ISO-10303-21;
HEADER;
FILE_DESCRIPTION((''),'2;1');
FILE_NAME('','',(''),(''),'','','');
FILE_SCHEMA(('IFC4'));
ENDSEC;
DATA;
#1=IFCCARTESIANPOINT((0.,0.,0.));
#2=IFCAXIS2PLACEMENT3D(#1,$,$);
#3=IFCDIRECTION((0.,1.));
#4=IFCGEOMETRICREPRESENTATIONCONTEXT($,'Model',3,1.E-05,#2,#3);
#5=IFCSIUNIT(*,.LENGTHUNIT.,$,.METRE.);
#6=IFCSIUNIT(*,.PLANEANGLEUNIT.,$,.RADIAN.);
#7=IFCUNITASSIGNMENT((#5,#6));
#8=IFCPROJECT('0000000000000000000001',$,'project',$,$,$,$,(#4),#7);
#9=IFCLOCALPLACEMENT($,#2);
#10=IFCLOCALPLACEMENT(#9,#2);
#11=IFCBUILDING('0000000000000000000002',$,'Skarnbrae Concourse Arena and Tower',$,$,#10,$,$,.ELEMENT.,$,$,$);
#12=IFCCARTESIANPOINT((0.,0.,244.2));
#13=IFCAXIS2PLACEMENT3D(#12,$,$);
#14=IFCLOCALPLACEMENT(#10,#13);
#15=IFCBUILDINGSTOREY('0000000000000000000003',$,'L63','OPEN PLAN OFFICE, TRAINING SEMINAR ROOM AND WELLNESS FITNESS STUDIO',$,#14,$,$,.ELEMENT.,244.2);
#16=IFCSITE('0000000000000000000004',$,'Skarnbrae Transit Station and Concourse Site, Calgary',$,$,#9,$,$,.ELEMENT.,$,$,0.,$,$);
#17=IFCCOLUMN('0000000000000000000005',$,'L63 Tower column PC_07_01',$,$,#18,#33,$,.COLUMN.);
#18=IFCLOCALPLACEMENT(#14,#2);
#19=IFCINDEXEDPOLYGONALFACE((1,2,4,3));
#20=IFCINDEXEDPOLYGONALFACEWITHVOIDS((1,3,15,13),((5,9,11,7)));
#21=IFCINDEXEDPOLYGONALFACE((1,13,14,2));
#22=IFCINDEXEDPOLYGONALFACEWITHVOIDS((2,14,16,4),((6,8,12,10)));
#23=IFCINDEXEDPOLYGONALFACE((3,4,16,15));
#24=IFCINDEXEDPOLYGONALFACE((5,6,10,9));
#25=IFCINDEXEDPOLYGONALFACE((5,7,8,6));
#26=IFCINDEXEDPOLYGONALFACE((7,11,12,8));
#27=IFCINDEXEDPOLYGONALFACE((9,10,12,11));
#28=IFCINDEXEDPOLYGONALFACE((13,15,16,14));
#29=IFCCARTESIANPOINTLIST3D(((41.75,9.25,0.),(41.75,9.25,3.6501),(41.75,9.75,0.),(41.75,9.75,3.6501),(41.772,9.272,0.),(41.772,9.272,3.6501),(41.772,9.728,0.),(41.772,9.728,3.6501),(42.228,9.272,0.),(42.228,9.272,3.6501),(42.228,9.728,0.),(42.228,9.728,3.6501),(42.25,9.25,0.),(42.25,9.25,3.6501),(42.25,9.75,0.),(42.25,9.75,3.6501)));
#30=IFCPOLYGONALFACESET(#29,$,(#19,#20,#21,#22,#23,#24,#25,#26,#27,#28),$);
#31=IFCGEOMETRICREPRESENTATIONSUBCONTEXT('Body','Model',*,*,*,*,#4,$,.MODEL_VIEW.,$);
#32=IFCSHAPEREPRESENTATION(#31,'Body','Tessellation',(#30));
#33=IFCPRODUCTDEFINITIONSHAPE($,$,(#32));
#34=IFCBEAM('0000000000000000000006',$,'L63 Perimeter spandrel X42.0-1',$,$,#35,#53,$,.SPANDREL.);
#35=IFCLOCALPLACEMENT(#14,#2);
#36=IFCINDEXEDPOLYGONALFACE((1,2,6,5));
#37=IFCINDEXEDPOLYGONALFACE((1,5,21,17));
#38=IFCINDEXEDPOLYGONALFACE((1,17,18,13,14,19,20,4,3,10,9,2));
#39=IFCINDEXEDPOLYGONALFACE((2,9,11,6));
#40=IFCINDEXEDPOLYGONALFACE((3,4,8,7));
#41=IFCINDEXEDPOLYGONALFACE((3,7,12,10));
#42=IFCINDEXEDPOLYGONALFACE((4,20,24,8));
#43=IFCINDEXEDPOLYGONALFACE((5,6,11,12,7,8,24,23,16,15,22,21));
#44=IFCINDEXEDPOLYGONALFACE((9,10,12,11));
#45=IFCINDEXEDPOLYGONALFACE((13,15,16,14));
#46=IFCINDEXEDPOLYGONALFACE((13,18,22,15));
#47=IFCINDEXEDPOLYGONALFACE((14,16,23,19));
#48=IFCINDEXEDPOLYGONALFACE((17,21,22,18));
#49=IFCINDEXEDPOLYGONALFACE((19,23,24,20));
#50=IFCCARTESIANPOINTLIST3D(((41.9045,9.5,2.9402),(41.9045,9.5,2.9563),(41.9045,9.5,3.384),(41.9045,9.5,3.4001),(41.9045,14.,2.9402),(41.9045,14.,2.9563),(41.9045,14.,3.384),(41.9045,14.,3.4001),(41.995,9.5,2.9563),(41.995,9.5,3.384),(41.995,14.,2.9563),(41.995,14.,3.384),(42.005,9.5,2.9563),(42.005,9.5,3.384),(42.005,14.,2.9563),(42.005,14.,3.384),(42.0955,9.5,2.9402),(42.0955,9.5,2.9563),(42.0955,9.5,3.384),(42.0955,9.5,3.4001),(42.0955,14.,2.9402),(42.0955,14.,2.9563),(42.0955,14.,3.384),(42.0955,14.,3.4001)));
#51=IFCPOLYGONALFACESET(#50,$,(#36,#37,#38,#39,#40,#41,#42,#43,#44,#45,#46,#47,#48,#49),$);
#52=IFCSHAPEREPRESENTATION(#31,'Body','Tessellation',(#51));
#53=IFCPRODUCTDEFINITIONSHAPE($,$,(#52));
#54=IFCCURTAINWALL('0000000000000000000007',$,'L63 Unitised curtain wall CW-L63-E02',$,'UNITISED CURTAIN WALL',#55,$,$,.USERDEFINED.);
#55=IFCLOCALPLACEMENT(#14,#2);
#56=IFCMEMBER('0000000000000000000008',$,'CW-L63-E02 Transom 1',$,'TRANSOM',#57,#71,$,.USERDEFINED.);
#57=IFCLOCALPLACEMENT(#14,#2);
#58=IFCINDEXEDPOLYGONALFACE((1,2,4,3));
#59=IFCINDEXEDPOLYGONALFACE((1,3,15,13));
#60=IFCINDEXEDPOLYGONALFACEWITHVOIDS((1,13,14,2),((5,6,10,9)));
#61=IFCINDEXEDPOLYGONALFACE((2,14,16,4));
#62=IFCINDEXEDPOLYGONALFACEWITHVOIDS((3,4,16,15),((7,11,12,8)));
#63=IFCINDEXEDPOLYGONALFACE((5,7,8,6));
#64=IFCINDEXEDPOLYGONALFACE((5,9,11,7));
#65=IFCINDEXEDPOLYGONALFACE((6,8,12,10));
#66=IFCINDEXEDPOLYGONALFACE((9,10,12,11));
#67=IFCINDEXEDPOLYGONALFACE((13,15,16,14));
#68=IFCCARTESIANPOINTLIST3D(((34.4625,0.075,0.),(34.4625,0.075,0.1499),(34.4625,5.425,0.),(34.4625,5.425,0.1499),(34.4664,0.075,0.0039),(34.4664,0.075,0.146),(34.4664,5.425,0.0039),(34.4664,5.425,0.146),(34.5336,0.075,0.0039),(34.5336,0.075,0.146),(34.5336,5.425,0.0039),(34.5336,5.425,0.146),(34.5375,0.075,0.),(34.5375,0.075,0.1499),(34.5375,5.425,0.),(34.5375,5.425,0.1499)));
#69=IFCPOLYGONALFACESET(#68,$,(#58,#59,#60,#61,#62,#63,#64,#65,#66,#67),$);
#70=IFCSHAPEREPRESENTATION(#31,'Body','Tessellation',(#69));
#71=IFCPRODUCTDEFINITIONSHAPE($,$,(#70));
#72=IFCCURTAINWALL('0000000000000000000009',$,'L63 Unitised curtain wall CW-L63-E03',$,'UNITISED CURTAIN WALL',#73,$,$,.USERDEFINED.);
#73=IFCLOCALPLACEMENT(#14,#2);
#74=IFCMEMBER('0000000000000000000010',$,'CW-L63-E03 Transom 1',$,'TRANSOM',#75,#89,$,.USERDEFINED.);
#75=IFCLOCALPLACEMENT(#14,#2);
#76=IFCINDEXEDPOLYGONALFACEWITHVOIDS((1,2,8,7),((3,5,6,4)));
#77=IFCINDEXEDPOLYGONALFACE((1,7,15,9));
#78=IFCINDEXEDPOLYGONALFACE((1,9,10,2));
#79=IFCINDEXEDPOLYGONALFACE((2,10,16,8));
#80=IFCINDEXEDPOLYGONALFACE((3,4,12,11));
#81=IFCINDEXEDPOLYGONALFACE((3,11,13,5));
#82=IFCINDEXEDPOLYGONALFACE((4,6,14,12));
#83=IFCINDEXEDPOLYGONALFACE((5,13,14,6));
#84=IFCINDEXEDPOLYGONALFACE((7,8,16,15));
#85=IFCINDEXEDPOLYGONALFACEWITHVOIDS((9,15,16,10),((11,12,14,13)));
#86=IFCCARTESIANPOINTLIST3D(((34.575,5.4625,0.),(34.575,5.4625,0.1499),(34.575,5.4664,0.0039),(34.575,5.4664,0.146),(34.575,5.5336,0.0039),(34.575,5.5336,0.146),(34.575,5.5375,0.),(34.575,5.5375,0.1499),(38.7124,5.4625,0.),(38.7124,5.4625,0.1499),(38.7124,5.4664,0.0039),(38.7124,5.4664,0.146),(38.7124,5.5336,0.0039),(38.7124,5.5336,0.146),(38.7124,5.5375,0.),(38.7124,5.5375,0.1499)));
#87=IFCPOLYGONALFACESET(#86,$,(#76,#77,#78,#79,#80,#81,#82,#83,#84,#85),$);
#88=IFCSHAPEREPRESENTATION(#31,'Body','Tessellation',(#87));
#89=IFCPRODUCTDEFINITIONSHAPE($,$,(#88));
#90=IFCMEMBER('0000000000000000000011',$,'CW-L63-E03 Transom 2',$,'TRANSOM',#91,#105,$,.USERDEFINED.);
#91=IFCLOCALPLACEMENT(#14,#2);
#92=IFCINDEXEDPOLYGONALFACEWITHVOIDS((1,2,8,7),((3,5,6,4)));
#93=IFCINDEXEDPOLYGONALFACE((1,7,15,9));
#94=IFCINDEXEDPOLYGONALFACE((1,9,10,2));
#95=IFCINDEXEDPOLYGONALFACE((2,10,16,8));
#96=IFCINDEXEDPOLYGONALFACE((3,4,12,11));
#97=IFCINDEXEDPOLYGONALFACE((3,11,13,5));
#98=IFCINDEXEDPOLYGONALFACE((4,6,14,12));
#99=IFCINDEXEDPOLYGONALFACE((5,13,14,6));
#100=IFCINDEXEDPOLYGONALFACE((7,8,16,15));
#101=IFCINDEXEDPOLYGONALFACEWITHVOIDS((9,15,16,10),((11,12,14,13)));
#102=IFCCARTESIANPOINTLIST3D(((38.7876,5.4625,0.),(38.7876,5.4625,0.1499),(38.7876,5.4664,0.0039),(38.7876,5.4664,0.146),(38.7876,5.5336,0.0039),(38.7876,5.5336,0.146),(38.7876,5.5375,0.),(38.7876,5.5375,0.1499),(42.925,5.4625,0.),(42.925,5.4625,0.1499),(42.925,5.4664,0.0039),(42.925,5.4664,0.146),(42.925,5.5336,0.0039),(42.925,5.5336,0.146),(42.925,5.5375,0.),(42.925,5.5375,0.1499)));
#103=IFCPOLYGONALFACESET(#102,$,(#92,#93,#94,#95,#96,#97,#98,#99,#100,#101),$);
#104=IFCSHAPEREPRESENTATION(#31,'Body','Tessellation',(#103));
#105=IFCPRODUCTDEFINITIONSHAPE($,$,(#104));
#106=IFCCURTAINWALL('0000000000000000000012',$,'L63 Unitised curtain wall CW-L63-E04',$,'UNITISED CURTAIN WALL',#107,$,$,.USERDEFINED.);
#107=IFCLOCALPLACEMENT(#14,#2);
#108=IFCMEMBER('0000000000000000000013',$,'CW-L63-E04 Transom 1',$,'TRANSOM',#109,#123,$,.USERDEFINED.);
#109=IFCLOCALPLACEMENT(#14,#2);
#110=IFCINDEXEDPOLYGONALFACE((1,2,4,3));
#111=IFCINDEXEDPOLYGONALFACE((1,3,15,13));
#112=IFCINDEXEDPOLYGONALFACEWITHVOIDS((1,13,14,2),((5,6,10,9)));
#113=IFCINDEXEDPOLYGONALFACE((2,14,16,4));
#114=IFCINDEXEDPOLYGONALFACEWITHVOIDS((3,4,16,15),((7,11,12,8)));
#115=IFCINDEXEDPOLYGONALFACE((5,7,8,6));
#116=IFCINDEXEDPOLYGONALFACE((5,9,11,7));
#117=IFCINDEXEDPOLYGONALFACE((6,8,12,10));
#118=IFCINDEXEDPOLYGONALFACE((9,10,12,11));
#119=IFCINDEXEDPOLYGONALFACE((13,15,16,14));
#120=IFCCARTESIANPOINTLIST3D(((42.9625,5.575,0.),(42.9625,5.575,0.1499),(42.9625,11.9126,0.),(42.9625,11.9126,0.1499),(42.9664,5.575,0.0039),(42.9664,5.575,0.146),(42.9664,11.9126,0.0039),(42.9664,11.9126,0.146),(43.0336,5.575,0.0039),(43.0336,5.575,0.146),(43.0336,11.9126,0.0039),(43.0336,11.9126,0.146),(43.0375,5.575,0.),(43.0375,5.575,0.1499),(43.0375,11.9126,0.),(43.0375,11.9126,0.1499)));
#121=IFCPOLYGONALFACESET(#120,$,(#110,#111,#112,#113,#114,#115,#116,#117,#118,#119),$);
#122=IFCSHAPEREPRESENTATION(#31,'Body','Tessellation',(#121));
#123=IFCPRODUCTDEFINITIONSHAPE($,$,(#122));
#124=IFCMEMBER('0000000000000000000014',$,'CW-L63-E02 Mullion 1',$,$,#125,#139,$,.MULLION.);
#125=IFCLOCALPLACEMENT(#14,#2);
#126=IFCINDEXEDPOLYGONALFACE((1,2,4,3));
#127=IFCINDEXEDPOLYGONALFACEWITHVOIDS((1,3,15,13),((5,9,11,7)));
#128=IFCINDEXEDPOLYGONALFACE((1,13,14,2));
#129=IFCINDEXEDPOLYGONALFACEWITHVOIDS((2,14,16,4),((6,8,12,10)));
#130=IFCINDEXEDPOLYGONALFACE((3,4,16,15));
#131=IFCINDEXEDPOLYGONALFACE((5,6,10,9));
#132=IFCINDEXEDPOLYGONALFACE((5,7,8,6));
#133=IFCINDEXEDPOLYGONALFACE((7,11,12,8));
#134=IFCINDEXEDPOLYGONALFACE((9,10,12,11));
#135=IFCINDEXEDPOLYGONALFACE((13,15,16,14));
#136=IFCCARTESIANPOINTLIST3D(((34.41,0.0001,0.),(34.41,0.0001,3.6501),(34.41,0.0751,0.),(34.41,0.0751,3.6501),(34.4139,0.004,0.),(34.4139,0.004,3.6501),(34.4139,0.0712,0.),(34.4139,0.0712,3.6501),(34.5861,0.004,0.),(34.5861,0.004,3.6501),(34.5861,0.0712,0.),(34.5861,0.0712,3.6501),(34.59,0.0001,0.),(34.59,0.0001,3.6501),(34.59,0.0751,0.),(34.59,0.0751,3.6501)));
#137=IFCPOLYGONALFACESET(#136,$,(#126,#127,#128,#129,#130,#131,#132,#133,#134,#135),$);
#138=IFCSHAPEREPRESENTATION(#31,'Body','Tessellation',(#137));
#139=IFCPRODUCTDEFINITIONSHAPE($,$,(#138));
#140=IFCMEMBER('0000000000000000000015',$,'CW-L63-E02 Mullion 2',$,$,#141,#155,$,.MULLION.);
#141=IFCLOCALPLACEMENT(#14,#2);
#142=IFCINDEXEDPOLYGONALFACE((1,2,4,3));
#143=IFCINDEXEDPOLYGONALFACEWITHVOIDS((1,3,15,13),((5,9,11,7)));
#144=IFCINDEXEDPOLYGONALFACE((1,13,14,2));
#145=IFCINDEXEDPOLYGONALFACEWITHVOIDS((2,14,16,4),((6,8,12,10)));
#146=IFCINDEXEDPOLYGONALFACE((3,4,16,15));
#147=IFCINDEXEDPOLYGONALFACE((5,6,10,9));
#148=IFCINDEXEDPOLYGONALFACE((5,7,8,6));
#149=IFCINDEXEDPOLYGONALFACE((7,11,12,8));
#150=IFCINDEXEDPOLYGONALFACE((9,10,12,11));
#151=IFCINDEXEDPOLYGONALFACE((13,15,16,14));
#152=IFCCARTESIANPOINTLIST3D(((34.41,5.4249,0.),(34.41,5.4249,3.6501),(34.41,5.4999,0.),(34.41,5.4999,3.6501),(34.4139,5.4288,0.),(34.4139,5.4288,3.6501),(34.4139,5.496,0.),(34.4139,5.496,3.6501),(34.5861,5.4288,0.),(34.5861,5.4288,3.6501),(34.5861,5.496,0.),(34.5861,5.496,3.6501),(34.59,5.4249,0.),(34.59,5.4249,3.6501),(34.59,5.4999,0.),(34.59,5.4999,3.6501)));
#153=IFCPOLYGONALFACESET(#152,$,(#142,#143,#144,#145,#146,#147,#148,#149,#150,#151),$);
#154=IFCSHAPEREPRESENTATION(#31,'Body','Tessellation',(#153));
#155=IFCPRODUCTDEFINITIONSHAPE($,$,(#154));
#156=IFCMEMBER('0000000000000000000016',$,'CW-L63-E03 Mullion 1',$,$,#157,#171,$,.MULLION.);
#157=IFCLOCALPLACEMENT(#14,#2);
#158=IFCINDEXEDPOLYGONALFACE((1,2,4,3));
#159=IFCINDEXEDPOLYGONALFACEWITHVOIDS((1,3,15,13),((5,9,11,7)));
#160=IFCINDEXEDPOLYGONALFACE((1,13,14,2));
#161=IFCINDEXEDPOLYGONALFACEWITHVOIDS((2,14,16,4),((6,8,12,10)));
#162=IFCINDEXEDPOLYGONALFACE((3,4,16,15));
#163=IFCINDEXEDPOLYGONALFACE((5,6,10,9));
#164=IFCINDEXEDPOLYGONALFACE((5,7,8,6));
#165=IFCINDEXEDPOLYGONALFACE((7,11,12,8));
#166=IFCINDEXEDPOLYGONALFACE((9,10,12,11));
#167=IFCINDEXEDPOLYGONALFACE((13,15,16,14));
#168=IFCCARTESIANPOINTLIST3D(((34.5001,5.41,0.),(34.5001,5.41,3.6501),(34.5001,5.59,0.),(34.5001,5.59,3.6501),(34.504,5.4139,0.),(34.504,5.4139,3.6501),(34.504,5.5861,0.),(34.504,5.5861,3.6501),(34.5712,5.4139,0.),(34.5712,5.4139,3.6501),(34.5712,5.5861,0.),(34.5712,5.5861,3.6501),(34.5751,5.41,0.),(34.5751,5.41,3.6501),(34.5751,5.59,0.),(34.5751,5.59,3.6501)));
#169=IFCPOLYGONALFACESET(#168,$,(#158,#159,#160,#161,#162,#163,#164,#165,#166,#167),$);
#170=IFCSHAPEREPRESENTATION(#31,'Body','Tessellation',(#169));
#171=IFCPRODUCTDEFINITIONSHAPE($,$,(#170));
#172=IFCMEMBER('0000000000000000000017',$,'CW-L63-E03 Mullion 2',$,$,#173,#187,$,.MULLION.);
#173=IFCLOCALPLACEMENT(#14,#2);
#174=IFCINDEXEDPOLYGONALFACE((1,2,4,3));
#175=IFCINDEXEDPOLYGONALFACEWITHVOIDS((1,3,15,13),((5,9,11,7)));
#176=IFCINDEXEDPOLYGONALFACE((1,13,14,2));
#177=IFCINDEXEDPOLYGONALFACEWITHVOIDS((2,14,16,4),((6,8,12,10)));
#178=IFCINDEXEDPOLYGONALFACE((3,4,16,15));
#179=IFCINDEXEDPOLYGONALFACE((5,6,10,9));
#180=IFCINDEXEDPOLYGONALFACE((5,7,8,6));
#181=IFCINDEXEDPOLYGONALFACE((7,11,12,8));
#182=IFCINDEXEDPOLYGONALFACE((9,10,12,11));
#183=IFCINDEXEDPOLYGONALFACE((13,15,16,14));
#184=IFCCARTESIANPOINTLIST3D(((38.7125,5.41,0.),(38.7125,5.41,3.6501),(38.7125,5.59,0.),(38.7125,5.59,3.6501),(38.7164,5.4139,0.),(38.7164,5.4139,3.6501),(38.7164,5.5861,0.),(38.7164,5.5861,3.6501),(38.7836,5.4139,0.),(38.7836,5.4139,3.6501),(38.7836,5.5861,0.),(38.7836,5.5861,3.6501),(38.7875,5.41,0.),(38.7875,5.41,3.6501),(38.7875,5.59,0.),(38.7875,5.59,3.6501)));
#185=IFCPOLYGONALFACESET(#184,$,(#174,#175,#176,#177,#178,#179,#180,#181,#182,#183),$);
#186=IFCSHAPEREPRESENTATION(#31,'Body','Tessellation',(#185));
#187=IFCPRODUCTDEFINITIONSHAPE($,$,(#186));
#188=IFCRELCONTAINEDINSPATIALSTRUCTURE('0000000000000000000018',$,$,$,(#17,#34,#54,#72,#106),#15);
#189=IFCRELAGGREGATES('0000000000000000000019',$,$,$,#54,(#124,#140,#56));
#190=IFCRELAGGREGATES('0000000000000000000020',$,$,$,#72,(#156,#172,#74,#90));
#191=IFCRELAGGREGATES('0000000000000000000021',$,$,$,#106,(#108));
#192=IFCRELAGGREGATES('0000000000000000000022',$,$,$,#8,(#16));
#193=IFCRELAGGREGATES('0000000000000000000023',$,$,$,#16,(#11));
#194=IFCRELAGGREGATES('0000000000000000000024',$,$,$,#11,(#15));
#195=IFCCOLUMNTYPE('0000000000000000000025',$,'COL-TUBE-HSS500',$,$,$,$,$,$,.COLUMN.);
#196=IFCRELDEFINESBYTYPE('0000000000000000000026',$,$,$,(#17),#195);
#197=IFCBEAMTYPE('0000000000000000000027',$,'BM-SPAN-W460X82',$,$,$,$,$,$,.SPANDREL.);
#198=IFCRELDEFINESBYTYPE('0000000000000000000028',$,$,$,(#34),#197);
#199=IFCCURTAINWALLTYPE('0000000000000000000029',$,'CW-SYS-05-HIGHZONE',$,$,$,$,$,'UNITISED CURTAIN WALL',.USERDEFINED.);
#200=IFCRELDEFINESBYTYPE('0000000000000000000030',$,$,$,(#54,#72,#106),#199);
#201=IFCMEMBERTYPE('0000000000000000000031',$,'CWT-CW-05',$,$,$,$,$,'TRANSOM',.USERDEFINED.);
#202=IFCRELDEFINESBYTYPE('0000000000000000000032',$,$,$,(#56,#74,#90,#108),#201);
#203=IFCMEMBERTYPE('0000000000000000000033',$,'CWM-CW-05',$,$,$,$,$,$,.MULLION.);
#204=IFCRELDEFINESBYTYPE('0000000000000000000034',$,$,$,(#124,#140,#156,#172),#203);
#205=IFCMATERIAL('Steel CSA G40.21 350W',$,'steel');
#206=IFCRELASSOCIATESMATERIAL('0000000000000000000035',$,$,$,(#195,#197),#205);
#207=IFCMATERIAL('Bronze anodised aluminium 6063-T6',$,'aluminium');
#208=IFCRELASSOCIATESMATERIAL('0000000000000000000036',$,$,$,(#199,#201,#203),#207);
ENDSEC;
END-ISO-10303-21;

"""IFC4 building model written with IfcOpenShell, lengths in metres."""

from ifc_helpers import new_model, si_unit, direction, frame, origin, origin_2d, place, context, subcontext, project, spatial, hollow_rectangle, i_section, extrude, source, transform, mapped, material, material_profile, profile_set, type_object, element, aggregate, save


model = new_model("IFC4")

# Units and contexts
model_context = context("Model", 3, precision=1e-05, world=origin(), true_north=direction((0.0, 1.0)))
body_context = subcontext(model_context, "Body", "Model", "MODEL_VIEW")
ifc_project = project(units=[si_unit("LENGTHUNIT", "METRE"), si_unit("PLANEANGLEUNIT", "RADIAN")], contexts=[model_context])

# Site, building, storey
site_placement = place(None, origin())
site = spatial("IfcSite", under=ifc_project, at=site_placement, Name="Skarnbrae Transit Station and Concourse Site, Calgary", CompositionType="ELEMENT", RefElevation=0.0)
building_placement = place(site_placement, origin())
building = spatial("IfcBuilding", under=site, at=building_placement, Name="Skarnbrae Concourse Arena and Tower", CompositionType="ELEMENT")
storey_placement = place(building_placement, frame((0.0, 0.0, 244.2)))
storey = spatial("IfcBuildingStorey", under=building, at=storey_placement, Name="L63", Description="OPEN PLAN OFFICE, TRAINING SEMINAR ROOM AND WELLNESS FITNESS STUDIO", CompositionType="ELEMENT", Elevation=244.2)

# Column
ifc_material_1 = material(Name="Steel CSA G40.21 350W", Category="steel")
ifc_material_profile_1 = material_profile(ifc_material_1, hollow_rectangle(XDim=0.5, YDim=0.5, WallThickness=0.022, at=origin_2d()), Name="HSS500X500X22.0")
ifc_profile_set_1 = profile_set([ifc_material_profile_1], Name="Steel CSA G40.21 350W")
column_type = type_object("IfcColumnType", Name="COL-TUBE-HSS500", PredefinedType="COLUMN", material=ifc_profile_set_1)
shared_shape_1 = source(origin(), body_context, "Body", "SweptSolid", [
    extrude(hollow_rectangle(XDim=0.5, YDim=0.5, WallThickness=0.022, at=origin_2d()), origin(), (0.0, 0.0, 1.0), 3.6501),
])
column_placement = place(storey_placement, frame((42.0, 9.5, 0.0), z_axis=(0.0, 0.0, 1.0), x_axis=(1.0, 0.0, 0.0)))
element("IfcColumn", 1, at=column_placement, inside=storey, type_object=column_type, Name="L63 Tower column PC_07_01", PredefinedType="COLUMN", context=body_context, shape_type="MappedRepresentation", body=[
    mapped(shared_shape_1, transform((0.0, 0.0, 0.0))),
])

# Beam
ifc_material_profile_2 = material_profile(ifc_material_1, i_section(OverallWidth=0.1909, OverallDepth=0.46, WebThickness=0.01, FlangeThickness=0.0161, at=origin_2d()), Name="W460X82")
ifc_profile_set_2 = profile_set([ifc_material_profile_2], Name="Steel CSA G40.21 350W")
beam_type = type_object("IfcBeamType", Name="BM-SPAN-W460X82", PredefinedType="SPANDREL", material=ifc_profile_set_2)
shared_shape_2 = source(origin(), body_context, "Body", "SweptSolid", [
    extrude(i_section(OverallWidth=0.1909, OverallDepth=0.46, WebThickness=0.01, FlangeThickness=0.0161, at=origin_2d()), origin(), (0.0, 0.0, 1.0), 4.5),
])
beam_placement = place(storey_placement, frame((42.0, 9.5, 3.1702), z_axis=(0.0, 1.0, 0.0), x_axis=(-1.0, 0.0, 0.0)))
element("IfcBeam", 2, at=beam_placement, inside=storey, type_object=beam_type, Name="L63 Perimeter spandrel X42.0-1", PredefinedType="SPANDREL", context=body_context, shape_type="MappedRepresentation", body=[
    mapped(shared_shape_2, transform((0.0, 0.0, 0.0))),
])

# Curtain wall, member
ifc_material_2 = material(Name="Bronze anodised aluminium 6063-T6", Category="aluminium")
curtain_wall_type = type_object("IfcCurtainWallType", Name="CW-SYS-05-HIGHZONE", ElementType="UNITISED CURTAIN WALL", PredefinedType="USERDEFINED", material=ifc_material_2)
curtain_wall_1_placement = place(storey_placement, origin())
curtain_wall_1 = element("IfcCurtainWall", 3, at=curtain_wall_1_placement, inside=storey, type_object=curtain_wall_type, Name="L63 Unitised curtain wall CW-L63-E02", ObjectType="UNITISED CURTAIN WALL", PredefinedType="USERDEFINED")
ifc_material_profile_3 = material_profile(ifc_material_2, hollow_rectangle(XDim=0.075, YDim=0.1499, WallThickness=0.0039, at=origin_2d()), Name="ALU-TRAN-75X150")
ifc_profile_set_3 = profile_set([ifc_material_profile_3], Name="Bronze anodised aluminium 6063-T6")
member_type_1 = type_object("IfcMemberType", Name="CWT-CW-05", ElementType="TRANSOM", PredefinedType="USERDEFINED", material=ifc_profile_set_3)
shared_shape_3 = source(origin(), body_context, "Body", "SweptSolid", [
    extrude(hollow_rectangle(XDim=0.075, YDim=0.1499, WallThickness=0.0039, at=origin_2d()), origin(), (0.0, 0.0, 1.0), 5.3501),
])
member_1_placement = place(storey_placement, frame((34.5, 0.075, 0.075), z_axis=(0.0, 1.0, 0.0), x_axis=(-1.0, 0.0, 0.0)))
member_1 = element("IfcMember", 4, at=member_1_placement, type_object=member_type_1, Name="CW-L63-E02 Transom 1", ObjectType="TRANSOM", PredefinedType="USERDEFINED", context=body_context, shape_type="MappedRepresentation", body=[
    mapped(shared_shape_3, transform((0.0, 0.0, 0.0))),
])

# Curtain wall, members
curtain_wall_2_placement = place(storey_placement, origin())
curtain_wall_2 = element("IfcCurtainWall", 5, at=curtain_wall_2_placement, inside=storey, type_object=curtain_wall_type, Name="L63 Unitised curtain wall CW-L63-E03", ObjectType="UNITISED CURTAIN WALL", PredefinedType="USERDEFINED")
shared_shape_4 = source(origin(), body_context, "Body", "SweptSolid", [
    extrude(hollow_rectangle(XDim=0.075, YDim=0.1499, WallThickness=0.0039, at=origin_2d()), origin(), (0.0, 0.0, 1.0), 4.1375),
])
member_2_placement = place(storey_placement, frame((34.575, 5.5, 0.075), z_axis=(1.0, 0.0, 0.0), x_axis=(0.0, 1.0, 0.0)))
member_2 = element("IfcMember", 6, at=member_2_placement, type_object=member_type_1, Name="CW-L63-E03 Transom 1", ObjectType="TRANSOM", PredefinedType="USERDEFINED", context=body_context, shape_type="MappedRepresentation", body=[
    mapped(shared_shape_4, transform((0.0, 0.0, 0.0))),
])
member_3_placement = place(storey_placement, frame((38.7876, 5.5, 0.075), z_axis=(1.0, 0.0, 0.0), x_axis=(0.0, 1.0, 0.0)))
member_3 = element("IfcMember", 7, at=member_3_placement, type_object=member_type_1, Name="CW-L63-E03 Transom 2", ObjectType="TRANSOM", PredefinedType="USERDEFINED", context=body_context, shape_type="MappedRepresentation", body=[
    mapped(shared_shape_4, transform((0.0, 0.0, 0.0))),
])

# Curtain wall, member
curtain_wall_3_placement = place(storey_placement, origin())
curtain_wall_3 = element("IfcCurtainWall", 8, at=curtain_wall_3_placement, inside=storey, type_object=curtain_wall_type, Name="L63 Unitised curtain wall CW-L63-E04", ObjectType="UNITISED CURTAIN WALL", PredefinedType="USERDEFINED")
shared_shape_5 = source(origin(), body_context, "Body", "SweptSolid", [
    extrude(hollow_rectangle(XDim=0.075, YDim=0.1499, WallThickness=0.0039, at=origin_2d()), origin(), (0.0, 0.0, 1.0), 6.3376),
])
member_4_placement = place(storey_placement, frame((43.0, 5.575, 0.075), z_axis=(0.0, 1.0, 0.0), x_axis=(-1.0, 0.0, 0.0)))
member_4 = element("IfcMember", 9, at=member_4_placement, type_object=member_type_1, Name="CW-L63-E04 Transom 1", ObjectType="TRANSOM", PredefinedType="USERDEFINED", context=body_context, shape_type="MappedRepresentation", body=[
    mapped(shared_shape_5, transform((0.0, 0.0, 0.0))),
])

# Members
ifc_material_profile_4 = material_profile(ifc_material_2, hollow_rectangle(XDim=0.075, YDim=0.1799, WallThickness=0.0039, at=origin_2d()), Name="ALU-MULL-75X180")
ifc_profile_set_4 = profile_set([ifc_material_profile_4], Name="Bronze anodised aluminium 6063-T6")
member_type_2 = type_object("IfcMemberType", Name="CWM-CW-05", PredefinedType="MULLION", material=ifc_profile_set_4)
shared_shape_6 = source(origin(), body_context, "Body", "SweptSolid", [
    extrude(hollow_rectangle(XDim=0.075, YDim=0.1799, WallThickness=0.0039, at=origin_2d()), origin(), (0.0, 0.0, 1.0), 3.6501),
])
member_5_placement = place(storey_placement, frame((34.5, 0.0376, 0.0), z_axis=(0.0, 0.0, 1.0), x_axis=(0.0, 1.0, 0.0)))
member_5 = element("IfcMember", 10, at=member_5_placement, type_object=member_type_2, Name="CW-L63-E02 Mullion 1", PredefinedType="MULLION", context=body_context, shape_type="MappedRepresentation", body=[
    mapped(shared_shape_6, transform((0.0, 0.0, 0.0))),
])
member_6_placement = place(storey_placement, frame((34.5, 5.4624, 0.0), z_axis=(0.0, 0.0, 1.0), x_axis=(0.0, 1.0, 0.0)))
member_6 = element("IfcMember", 11, at=member_6_placement, type_object=member_type_2, Name="CW-L63-E02 Mullion 2", PredefinedType="MULLION", context=body_context, shape_type="MappedRepresentation", body=[
    mapped(shared_shape_6, transform((0.0, 0.0, 0.0))),
])
member_7_placement = place(storey_placement, frame((34.5376, 5.5, 0.0), z_axis=(0.0, 0.0, 1.0), x_axis=(1.0, 0.0, 0.0)))
member_7 = element("IfcMember", 12, at=member_7_placement, type_object=member_type_2, Name="CW-L63-E03 Mullion 1", PredefinedType="MULLION", context=body_context, shape_type="MappedRepresentation", body=[
    mapped(shared_shape_6, transform((0.0, 0.0, 0.0))),
])
member_8_placement = place(storey_placement, frame((38.75, 5.5, 0.0), z_axis=(0.0, 0.0, 1.0), x_axis=(1.0, 0.0, 0.0)))
member_8 = element("IfcMember", 13, at=member_8_placement, type_object=member_type_2, Name="CW-L63-E03 Mullion 2", PredefinedType="MULLION", context=body_context, shape_type="MappedRepresentation", body=[
    mapped(shared_shape_6, transform((0.0, 0.0, 0.0))),
])

aggregate(curtain_wall_1, [member_5, member_6, member_1])
aggregate(curtain_wall_2, [member_7, member_8, member_2, member_3])
aggregate(curtain_wall_3, [member_4])

save(model, "model.ifc")
